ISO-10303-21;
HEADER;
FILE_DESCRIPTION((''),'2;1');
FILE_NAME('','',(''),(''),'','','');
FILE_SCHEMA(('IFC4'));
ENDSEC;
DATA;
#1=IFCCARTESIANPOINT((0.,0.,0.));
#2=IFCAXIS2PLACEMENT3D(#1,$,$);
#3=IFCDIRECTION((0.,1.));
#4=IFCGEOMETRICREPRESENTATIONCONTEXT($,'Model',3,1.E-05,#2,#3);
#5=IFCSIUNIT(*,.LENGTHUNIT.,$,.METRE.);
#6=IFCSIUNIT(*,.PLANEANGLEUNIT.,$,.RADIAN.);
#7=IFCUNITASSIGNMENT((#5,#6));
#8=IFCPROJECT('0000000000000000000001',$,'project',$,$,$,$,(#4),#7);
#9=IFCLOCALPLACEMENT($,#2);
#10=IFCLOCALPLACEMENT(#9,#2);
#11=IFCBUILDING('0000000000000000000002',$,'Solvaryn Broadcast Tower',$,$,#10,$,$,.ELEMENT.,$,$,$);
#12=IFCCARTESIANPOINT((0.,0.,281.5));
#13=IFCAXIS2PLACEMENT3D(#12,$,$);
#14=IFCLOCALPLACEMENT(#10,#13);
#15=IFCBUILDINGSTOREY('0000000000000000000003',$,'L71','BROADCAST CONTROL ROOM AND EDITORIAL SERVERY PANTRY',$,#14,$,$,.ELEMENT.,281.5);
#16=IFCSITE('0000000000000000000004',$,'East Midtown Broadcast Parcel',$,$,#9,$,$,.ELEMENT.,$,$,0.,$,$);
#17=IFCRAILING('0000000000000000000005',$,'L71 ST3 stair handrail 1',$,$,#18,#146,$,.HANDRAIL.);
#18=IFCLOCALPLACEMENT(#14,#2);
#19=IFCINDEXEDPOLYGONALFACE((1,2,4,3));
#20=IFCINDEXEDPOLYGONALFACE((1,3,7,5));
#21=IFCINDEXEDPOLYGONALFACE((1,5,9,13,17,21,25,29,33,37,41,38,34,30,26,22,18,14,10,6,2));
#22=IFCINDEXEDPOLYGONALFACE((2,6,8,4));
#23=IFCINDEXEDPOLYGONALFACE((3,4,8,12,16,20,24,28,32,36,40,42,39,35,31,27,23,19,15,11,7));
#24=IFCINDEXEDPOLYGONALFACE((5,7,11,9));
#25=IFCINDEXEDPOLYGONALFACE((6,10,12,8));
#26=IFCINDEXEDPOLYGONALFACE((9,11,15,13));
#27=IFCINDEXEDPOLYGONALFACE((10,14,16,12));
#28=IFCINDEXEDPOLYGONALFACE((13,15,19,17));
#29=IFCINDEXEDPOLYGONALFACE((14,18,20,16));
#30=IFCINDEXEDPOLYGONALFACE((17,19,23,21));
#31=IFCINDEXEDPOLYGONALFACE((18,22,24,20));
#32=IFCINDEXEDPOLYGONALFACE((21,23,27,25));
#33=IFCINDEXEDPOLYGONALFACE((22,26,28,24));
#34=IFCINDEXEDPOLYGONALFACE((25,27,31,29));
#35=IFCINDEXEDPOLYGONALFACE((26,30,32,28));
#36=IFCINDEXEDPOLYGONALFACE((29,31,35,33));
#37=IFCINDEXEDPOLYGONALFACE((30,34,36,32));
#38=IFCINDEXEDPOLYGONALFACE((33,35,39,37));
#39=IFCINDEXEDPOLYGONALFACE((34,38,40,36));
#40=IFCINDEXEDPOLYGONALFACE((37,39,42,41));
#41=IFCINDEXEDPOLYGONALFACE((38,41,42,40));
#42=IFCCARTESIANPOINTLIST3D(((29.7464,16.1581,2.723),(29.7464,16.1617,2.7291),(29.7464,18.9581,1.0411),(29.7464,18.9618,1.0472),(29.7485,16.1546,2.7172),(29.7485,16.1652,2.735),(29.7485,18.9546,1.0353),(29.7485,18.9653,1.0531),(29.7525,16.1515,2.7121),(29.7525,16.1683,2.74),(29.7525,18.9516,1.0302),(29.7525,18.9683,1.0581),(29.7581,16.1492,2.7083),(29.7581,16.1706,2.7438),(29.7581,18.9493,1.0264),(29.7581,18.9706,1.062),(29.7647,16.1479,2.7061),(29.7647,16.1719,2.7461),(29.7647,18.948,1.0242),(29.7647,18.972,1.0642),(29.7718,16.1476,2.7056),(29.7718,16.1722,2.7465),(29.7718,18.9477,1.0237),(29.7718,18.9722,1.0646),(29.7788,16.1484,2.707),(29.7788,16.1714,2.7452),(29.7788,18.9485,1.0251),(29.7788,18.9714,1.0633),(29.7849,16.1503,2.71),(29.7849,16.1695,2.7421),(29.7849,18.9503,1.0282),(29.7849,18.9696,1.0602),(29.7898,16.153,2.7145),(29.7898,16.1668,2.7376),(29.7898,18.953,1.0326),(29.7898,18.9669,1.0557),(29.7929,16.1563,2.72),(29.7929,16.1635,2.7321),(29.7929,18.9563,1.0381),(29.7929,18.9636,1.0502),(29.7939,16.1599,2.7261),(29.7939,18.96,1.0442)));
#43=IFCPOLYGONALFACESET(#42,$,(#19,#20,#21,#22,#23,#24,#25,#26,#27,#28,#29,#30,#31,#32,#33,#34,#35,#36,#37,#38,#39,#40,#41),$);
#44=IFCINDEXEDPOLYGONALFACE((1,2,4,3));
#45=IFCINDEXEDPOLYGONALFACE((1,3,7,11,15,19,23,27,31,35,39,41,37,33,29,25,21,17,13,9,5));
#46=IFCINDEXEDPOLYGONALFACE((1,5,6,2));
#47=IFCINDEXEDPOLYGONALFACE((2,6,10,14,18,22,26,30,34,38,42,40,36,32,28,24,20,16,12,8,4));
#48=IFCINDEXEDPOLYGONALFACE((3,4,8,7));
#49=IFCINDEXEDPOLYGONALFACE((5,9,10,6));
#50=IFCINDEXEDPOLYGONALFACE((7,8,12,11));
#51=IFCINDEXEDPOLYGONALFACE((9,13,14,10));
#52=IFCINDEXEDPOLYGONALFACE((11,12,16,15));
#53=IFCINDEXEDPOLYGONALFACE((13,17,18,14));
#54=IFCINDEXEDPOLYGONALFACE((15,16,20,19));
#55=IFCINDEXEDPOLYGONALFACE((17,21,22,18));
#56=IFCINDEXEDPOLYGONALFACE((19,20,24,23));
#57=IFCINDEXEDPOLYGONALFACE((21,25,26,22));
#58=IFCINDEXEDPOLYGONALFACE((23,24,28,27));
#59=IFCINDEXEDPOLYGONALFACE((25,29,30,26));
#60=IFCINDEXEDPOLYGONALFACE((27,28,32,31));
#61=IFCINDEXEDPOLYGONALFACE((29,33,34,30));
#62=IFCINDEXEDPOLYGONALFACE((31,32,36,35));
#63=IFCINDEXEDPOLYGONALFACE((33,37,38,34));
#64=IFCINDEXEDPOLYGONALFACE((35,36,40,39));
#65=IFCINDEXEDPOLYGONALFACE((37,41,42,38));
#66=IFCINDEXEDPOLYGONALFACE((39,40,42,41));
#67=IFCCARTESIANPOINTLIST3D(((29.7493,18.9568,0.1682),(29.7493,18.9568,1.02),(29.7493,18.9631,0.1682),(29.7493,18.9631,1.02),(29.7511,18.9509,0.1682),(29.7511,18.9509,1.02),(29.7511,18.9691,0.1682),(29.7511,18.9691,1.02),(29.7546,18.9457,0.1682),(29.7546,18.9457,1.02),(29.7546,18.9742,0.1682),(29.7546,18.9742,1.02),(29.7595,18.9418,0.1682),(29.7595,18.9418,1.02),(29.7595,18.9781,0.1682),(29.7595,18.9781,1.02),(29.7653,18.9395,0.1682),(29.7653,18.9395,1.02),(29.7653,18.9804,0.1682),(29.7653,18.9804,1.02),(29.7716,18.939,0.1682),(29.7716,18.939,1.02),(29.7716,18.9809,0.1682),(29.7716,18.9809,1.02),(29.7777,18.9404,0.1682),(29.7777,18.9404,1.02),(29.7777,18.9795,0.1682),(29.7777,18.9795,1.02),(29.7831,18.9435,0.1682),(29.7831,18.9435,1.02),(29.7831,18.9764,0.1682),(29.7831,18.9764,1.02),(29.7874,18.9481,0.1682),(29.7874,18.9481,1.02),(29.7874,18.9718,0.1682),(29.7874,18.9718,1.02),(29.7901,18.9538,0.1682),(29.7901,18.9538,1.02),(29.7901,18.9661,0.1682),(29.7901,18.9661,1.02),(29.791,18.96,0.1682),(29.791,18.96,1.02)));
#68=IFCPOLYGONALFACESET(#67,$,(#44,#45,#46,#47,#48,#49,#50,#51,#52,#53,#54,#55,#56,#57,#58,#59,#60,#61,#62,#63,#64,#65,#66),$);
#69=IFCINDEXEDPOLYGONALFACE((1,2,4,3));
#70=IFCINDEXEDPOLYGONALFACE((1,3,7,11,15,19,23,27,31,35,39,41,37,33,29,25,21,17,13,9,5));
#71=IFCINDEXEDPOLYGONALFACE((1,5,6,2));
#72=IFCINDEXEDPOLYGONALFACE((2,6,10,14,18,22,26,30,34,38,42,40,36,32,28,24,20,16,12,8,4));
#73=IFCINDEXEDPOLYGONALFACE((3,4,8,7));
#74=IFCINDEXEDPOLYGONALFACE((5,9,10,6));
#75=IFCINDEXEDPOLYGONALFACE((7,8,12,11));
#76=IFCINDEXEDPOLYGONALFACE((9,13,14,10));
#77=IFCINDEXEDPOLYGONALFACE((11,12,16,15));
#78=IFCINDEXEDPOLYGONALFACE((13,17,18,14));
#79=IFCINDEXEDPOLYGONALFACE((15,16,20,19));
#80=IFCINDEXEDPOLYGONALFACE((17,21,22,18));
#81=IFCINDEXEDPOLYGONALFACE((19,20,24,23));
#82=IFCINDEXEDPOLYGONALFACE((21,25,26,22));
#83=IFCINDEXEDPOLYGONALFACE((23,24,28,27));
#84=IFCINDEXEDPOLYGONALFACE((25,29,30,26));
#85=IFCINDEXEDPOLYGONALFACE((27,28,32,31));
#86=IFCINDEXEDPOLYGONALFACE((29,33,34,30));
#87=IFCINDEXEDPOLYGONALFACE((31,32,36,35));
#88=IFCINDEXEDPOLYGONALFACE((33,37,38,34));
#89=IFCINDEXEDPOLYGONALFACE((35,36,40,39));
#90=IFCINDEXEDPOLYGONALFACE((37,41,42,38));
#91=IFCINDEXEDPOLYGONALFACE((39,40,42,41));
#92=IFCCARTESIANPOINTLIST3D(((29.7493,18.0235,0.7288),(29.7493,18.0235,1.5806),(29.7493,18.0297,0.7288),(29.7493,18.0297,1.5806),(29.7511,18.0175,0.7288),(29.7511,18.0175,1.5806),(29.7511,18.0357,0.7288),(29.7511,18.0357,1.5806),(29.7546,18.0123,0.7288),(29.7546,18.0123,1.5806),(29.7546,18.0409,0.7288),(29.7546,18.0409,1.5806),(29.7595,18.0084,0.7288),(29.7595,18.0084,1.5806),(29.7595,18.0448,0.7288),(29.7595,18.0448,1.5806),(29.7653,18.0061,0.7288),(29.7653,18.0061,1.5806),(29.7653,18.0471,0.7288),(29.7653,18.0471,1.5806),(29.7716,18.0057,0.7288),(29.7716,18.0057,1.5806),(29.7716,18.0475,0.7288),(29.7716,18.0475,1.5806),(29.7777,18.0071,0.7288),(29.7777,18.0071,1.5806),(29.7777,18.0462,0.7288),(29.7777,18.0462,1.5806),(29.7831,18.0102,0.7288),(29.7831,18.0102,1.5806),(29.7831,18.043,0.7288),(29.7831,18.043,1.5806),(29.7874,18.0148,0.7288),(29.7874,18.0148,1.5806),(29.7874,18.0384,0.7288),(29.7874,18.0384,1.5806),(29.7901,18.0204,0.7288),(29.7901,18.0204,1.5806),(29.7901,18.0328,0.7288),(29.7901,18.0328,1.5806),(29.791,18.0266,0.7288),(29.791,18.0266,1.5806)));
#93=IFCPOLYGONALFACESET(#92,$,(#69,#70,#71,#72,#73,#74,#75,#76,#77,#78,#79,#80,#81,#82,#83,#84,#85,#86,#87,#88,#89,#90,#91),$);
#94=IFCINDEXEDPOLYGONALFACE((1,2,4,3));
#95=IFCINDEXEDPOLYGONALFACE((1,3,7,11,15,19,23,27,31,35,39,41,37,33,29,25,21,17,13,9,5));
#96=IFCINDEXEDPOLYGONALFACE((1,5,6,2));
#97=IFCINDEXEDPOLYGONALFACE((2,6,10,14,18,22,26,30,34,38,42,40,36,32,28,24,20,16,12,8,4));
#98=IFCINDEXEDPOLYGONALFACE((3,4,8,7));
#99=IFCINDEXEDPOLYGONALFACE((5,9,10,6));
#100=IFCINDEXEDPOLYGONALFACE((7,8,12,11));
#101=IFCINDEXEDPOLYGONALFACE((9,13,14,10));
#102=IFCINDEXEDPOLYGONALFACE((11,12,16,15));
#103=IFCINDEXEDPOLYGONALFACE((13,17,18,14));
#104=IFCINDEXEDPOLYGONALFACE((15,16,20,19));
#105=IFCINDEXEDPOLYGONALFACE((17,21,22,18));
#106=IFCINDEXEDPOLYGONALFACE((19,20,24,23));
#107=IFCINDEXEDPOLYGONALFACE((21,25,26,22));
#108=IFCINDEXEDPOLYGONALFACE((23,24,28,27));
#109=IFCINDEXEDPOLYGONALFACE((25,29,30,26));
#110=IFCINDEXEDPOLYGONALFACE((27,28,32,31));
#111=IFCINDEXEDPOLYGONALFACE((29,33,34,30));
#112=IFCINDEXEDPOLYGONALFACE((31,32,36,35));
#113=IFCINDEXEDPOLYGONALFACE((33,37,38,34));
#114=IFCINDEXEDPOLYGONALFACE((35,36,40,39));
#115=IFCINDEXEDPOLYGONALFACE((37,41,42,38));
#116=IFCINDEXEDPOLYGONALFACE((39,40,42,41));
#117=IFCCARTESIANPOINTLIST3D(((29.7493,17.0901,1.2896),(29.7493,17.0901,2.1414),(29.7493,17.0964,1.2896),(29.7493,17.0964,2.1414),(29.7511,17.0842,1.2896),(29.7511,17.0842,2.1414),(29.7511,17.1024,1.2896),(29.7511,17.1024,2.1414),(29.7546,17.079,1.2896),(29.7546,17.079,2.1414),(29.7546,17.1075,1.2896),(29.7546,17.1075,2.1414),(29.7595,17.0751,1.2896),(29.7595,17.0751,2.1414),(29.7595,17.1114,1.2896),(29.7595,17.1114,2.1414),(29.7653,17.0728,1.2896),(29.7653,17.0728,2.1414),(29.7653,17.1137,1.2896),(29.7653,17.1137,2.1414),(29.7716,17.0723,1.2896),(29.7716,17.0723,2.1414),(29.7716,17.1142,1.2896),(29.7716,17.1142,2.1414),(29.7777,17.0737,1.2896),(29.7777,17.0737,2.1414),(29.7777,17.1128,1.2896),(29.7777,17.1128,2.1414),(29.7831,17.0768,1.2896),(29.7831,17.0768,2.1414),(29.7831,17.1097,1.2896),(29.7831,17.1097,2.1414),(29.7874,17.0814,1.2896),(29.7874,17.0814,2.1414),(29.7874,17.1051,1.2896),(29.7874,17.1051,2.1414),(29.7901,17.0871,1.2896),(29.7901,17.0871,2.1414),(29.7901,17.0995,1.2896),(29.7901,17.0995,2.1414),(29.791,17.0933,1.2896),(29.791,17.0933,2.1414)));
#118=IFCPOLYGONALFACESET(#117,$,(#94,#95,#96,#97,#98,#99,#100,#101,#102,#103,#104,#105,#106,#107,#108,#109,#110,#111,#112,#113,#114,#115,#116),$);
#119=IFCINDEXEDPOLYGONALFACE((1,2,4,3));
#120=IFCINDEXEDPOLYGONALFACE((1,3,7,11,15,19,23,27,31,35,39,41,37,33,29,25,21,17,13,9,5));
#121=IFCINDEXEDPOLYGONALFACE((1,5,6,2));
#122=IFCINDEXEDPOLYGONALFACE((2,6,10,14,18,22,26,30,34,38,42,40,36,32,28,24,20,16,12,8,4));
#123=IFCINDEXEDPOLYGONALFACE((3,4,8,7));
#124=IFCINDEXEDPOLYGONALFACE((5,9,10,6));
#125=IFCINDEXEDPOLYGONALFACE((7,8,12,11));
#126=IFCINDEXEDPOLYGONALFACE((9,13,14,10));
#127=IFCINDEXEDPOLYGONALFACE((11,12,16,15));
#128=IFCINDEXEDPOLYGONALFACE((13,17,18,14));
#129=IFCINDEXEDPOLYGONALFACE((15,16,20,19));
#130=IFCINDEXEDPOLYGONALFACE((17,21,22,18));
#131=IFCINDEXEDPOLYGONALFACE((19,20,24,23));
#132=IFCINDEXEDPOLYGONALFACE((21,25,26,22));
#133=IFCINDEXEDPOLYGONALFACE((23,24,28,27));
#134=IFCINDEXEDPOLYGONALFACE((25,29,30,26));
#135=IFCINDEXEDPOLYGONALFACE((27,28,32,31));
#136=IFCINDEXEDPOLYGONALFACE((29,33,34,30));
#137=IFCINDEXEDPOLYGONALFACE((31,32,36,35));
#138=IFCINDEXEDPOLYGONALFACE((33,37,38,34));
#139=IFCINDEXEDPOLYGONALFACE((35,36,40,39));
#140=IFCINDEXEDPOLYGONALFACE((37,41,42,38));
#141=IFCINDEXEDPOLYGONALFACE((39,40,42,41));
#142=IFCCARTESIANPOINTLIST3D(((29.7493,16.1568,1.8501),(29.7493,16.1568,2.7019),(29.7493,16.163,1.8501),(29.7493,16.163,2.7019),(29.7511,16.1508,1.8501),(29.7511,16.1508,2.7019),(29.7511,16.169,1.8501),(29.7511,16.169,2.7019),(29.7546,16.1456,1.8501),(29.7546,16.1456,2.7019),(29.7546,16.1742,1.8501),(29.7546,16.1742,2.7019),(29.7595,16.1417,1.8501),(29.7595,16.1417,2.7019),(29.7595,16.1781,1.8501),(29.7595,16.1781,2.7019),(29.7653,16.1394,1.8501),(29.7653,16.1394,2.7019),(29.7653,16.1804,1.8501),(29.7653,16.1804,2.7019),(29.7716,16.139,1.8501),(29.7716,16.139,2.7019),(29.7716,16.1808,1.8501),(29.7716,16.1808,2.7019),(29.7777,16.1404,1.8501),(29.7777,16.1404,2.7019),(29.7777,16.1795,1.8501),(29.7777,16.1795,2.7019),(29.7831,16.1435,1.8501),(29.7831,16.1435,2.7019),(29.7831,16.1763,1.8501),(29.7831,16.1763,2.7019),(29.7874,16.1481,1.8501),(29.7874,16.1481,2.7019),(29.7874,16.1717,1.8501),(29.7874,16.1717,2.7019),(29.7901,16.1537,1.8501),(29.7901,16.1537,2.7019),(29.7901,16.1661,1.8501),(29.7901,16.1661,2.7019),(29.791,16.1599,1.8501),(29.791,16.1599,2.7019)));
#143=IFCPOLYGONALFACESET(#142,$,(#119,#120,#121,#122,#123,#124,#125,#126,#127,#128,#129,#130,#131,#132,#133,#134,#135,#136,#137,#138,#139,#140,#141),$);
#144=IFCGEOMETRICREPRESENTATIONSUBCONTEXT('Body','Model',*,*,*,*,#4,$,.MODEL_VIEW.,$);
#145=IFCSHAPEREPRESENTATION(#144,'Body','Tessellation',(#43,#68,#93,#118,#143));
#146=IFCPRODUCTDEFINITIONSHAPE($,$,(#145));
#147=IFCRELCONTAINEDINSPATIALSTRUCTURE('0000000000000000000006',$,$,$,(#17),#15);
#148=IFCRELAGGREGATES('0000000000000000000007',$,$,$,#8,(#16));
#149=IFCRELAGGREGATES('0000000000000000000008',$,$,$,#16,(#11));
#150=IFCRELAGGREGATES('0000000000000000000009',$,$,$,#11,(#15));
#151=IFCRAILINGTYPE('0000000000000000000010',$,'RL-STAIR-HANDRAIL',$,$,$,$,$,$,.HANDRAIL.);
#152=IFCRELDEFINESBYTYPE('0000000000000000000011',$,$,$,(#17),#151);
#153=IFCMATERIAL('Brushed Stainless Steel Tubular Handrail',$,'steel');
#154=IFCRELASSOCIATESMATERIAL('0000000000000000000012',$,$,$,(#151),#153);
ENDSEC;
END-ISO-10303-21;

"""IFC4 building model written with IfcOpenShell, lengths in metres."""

from ifc_helpers import new_model, si_unit, direction, frame, origin, origin_2d, place, context, subcontext, project, spatial, circle, extrude, material, type_object, element, save


model = new_model("IFC4")

# Units and contexts
model_context = context("Model", 3, precision=1e-05, world=origin(), true_north=direction((0.0, 1.0)))
body_context = subcontext(model_context, "Body", "Model", "MODEL_VIEW")
ifc_project = project(units=[si_unit("LENGTHUNIT", "METRE"), si_unit("PLANEANGLEUNIT", "RADIAN")], contexts=[model_context])

# Site, building, storey
site_placement = place(None, origin())
site = spatial("IfcSite", under=ifc_project, at=site_placement, Name="East Midtown Broadcast Parcel", CompositionType="ELEMENT", RefElevation=0.0)
building_placement = place(site_placement, origin())
building = spatial("IfcBuilding", under=site, at=building_placement, Name="Solvaryn Broadcast Tower", CompositionType="ELEMENT")
storey_placement = place(building_placement, frame((0.0, 0.0, 281.5)))
storey = spatial("IfcBuildingStorey", under=building, at=storey_placement, Name="L71", Description="BROADCAST CONTROL ROOM AND EDITORIAL SERVERY PANTRY", CompositionType="ELEMENT", Elevation=281.5)

# Railing
ifc_material_1 = material(Name="Brushed Stainless Steel Tubular Handrail", Category="steel")
railing_type_1 = type_object("IfcRailingType", Name="RL-STAIR-HANDRAIL", PredefinedType="HANDRAIL", material=ifc_material_1)
railing_1_placement = place(storey_placement, frame((29.77, 18.96, 0.1682)))
element("IfcRailing", 1, at=railing_1_placement, inside=storey, type_object=railing_type_1, Name="L71 ST3 stair handrail 1", PredefinedType="HANDRAIL", context=body_context, shape_type="SweptSolid", body=[
    extrude(circle(Radius=0.0239, at=origin_2d()), frame((0.0, 0.0, 0.876), z_axis=(0.0, -0.857242, 0.514913), x_axis=(1.0, 0.0, 0.0)), (0.0, 0.0, 1.0), 3.2664),
    extrude(circle(Radius=0.021, at=origin_2d()), origin(), (0.0, 0.0, 1.0), 0.8518),
    extrude(circle(Radius=0.021, at=origin_2d()), frame((0.0, -0.9333, 0.5605)), (0.0, 0.0, 1.0), 0.8518),
    extrude(circle(Radius=0.021, at=origin_2d()), frame((0.0, -1.8667, 1.1213)), (0.0, 0.0, 1.0), 0.8518),
    extrude(circle(Radius=0.021, at=origin_2d()), frame((0.0, -2.8, 1.6819)), (0.0, 0.0, 1.0), 0.8518),
])

save(model, "model.ifc")
